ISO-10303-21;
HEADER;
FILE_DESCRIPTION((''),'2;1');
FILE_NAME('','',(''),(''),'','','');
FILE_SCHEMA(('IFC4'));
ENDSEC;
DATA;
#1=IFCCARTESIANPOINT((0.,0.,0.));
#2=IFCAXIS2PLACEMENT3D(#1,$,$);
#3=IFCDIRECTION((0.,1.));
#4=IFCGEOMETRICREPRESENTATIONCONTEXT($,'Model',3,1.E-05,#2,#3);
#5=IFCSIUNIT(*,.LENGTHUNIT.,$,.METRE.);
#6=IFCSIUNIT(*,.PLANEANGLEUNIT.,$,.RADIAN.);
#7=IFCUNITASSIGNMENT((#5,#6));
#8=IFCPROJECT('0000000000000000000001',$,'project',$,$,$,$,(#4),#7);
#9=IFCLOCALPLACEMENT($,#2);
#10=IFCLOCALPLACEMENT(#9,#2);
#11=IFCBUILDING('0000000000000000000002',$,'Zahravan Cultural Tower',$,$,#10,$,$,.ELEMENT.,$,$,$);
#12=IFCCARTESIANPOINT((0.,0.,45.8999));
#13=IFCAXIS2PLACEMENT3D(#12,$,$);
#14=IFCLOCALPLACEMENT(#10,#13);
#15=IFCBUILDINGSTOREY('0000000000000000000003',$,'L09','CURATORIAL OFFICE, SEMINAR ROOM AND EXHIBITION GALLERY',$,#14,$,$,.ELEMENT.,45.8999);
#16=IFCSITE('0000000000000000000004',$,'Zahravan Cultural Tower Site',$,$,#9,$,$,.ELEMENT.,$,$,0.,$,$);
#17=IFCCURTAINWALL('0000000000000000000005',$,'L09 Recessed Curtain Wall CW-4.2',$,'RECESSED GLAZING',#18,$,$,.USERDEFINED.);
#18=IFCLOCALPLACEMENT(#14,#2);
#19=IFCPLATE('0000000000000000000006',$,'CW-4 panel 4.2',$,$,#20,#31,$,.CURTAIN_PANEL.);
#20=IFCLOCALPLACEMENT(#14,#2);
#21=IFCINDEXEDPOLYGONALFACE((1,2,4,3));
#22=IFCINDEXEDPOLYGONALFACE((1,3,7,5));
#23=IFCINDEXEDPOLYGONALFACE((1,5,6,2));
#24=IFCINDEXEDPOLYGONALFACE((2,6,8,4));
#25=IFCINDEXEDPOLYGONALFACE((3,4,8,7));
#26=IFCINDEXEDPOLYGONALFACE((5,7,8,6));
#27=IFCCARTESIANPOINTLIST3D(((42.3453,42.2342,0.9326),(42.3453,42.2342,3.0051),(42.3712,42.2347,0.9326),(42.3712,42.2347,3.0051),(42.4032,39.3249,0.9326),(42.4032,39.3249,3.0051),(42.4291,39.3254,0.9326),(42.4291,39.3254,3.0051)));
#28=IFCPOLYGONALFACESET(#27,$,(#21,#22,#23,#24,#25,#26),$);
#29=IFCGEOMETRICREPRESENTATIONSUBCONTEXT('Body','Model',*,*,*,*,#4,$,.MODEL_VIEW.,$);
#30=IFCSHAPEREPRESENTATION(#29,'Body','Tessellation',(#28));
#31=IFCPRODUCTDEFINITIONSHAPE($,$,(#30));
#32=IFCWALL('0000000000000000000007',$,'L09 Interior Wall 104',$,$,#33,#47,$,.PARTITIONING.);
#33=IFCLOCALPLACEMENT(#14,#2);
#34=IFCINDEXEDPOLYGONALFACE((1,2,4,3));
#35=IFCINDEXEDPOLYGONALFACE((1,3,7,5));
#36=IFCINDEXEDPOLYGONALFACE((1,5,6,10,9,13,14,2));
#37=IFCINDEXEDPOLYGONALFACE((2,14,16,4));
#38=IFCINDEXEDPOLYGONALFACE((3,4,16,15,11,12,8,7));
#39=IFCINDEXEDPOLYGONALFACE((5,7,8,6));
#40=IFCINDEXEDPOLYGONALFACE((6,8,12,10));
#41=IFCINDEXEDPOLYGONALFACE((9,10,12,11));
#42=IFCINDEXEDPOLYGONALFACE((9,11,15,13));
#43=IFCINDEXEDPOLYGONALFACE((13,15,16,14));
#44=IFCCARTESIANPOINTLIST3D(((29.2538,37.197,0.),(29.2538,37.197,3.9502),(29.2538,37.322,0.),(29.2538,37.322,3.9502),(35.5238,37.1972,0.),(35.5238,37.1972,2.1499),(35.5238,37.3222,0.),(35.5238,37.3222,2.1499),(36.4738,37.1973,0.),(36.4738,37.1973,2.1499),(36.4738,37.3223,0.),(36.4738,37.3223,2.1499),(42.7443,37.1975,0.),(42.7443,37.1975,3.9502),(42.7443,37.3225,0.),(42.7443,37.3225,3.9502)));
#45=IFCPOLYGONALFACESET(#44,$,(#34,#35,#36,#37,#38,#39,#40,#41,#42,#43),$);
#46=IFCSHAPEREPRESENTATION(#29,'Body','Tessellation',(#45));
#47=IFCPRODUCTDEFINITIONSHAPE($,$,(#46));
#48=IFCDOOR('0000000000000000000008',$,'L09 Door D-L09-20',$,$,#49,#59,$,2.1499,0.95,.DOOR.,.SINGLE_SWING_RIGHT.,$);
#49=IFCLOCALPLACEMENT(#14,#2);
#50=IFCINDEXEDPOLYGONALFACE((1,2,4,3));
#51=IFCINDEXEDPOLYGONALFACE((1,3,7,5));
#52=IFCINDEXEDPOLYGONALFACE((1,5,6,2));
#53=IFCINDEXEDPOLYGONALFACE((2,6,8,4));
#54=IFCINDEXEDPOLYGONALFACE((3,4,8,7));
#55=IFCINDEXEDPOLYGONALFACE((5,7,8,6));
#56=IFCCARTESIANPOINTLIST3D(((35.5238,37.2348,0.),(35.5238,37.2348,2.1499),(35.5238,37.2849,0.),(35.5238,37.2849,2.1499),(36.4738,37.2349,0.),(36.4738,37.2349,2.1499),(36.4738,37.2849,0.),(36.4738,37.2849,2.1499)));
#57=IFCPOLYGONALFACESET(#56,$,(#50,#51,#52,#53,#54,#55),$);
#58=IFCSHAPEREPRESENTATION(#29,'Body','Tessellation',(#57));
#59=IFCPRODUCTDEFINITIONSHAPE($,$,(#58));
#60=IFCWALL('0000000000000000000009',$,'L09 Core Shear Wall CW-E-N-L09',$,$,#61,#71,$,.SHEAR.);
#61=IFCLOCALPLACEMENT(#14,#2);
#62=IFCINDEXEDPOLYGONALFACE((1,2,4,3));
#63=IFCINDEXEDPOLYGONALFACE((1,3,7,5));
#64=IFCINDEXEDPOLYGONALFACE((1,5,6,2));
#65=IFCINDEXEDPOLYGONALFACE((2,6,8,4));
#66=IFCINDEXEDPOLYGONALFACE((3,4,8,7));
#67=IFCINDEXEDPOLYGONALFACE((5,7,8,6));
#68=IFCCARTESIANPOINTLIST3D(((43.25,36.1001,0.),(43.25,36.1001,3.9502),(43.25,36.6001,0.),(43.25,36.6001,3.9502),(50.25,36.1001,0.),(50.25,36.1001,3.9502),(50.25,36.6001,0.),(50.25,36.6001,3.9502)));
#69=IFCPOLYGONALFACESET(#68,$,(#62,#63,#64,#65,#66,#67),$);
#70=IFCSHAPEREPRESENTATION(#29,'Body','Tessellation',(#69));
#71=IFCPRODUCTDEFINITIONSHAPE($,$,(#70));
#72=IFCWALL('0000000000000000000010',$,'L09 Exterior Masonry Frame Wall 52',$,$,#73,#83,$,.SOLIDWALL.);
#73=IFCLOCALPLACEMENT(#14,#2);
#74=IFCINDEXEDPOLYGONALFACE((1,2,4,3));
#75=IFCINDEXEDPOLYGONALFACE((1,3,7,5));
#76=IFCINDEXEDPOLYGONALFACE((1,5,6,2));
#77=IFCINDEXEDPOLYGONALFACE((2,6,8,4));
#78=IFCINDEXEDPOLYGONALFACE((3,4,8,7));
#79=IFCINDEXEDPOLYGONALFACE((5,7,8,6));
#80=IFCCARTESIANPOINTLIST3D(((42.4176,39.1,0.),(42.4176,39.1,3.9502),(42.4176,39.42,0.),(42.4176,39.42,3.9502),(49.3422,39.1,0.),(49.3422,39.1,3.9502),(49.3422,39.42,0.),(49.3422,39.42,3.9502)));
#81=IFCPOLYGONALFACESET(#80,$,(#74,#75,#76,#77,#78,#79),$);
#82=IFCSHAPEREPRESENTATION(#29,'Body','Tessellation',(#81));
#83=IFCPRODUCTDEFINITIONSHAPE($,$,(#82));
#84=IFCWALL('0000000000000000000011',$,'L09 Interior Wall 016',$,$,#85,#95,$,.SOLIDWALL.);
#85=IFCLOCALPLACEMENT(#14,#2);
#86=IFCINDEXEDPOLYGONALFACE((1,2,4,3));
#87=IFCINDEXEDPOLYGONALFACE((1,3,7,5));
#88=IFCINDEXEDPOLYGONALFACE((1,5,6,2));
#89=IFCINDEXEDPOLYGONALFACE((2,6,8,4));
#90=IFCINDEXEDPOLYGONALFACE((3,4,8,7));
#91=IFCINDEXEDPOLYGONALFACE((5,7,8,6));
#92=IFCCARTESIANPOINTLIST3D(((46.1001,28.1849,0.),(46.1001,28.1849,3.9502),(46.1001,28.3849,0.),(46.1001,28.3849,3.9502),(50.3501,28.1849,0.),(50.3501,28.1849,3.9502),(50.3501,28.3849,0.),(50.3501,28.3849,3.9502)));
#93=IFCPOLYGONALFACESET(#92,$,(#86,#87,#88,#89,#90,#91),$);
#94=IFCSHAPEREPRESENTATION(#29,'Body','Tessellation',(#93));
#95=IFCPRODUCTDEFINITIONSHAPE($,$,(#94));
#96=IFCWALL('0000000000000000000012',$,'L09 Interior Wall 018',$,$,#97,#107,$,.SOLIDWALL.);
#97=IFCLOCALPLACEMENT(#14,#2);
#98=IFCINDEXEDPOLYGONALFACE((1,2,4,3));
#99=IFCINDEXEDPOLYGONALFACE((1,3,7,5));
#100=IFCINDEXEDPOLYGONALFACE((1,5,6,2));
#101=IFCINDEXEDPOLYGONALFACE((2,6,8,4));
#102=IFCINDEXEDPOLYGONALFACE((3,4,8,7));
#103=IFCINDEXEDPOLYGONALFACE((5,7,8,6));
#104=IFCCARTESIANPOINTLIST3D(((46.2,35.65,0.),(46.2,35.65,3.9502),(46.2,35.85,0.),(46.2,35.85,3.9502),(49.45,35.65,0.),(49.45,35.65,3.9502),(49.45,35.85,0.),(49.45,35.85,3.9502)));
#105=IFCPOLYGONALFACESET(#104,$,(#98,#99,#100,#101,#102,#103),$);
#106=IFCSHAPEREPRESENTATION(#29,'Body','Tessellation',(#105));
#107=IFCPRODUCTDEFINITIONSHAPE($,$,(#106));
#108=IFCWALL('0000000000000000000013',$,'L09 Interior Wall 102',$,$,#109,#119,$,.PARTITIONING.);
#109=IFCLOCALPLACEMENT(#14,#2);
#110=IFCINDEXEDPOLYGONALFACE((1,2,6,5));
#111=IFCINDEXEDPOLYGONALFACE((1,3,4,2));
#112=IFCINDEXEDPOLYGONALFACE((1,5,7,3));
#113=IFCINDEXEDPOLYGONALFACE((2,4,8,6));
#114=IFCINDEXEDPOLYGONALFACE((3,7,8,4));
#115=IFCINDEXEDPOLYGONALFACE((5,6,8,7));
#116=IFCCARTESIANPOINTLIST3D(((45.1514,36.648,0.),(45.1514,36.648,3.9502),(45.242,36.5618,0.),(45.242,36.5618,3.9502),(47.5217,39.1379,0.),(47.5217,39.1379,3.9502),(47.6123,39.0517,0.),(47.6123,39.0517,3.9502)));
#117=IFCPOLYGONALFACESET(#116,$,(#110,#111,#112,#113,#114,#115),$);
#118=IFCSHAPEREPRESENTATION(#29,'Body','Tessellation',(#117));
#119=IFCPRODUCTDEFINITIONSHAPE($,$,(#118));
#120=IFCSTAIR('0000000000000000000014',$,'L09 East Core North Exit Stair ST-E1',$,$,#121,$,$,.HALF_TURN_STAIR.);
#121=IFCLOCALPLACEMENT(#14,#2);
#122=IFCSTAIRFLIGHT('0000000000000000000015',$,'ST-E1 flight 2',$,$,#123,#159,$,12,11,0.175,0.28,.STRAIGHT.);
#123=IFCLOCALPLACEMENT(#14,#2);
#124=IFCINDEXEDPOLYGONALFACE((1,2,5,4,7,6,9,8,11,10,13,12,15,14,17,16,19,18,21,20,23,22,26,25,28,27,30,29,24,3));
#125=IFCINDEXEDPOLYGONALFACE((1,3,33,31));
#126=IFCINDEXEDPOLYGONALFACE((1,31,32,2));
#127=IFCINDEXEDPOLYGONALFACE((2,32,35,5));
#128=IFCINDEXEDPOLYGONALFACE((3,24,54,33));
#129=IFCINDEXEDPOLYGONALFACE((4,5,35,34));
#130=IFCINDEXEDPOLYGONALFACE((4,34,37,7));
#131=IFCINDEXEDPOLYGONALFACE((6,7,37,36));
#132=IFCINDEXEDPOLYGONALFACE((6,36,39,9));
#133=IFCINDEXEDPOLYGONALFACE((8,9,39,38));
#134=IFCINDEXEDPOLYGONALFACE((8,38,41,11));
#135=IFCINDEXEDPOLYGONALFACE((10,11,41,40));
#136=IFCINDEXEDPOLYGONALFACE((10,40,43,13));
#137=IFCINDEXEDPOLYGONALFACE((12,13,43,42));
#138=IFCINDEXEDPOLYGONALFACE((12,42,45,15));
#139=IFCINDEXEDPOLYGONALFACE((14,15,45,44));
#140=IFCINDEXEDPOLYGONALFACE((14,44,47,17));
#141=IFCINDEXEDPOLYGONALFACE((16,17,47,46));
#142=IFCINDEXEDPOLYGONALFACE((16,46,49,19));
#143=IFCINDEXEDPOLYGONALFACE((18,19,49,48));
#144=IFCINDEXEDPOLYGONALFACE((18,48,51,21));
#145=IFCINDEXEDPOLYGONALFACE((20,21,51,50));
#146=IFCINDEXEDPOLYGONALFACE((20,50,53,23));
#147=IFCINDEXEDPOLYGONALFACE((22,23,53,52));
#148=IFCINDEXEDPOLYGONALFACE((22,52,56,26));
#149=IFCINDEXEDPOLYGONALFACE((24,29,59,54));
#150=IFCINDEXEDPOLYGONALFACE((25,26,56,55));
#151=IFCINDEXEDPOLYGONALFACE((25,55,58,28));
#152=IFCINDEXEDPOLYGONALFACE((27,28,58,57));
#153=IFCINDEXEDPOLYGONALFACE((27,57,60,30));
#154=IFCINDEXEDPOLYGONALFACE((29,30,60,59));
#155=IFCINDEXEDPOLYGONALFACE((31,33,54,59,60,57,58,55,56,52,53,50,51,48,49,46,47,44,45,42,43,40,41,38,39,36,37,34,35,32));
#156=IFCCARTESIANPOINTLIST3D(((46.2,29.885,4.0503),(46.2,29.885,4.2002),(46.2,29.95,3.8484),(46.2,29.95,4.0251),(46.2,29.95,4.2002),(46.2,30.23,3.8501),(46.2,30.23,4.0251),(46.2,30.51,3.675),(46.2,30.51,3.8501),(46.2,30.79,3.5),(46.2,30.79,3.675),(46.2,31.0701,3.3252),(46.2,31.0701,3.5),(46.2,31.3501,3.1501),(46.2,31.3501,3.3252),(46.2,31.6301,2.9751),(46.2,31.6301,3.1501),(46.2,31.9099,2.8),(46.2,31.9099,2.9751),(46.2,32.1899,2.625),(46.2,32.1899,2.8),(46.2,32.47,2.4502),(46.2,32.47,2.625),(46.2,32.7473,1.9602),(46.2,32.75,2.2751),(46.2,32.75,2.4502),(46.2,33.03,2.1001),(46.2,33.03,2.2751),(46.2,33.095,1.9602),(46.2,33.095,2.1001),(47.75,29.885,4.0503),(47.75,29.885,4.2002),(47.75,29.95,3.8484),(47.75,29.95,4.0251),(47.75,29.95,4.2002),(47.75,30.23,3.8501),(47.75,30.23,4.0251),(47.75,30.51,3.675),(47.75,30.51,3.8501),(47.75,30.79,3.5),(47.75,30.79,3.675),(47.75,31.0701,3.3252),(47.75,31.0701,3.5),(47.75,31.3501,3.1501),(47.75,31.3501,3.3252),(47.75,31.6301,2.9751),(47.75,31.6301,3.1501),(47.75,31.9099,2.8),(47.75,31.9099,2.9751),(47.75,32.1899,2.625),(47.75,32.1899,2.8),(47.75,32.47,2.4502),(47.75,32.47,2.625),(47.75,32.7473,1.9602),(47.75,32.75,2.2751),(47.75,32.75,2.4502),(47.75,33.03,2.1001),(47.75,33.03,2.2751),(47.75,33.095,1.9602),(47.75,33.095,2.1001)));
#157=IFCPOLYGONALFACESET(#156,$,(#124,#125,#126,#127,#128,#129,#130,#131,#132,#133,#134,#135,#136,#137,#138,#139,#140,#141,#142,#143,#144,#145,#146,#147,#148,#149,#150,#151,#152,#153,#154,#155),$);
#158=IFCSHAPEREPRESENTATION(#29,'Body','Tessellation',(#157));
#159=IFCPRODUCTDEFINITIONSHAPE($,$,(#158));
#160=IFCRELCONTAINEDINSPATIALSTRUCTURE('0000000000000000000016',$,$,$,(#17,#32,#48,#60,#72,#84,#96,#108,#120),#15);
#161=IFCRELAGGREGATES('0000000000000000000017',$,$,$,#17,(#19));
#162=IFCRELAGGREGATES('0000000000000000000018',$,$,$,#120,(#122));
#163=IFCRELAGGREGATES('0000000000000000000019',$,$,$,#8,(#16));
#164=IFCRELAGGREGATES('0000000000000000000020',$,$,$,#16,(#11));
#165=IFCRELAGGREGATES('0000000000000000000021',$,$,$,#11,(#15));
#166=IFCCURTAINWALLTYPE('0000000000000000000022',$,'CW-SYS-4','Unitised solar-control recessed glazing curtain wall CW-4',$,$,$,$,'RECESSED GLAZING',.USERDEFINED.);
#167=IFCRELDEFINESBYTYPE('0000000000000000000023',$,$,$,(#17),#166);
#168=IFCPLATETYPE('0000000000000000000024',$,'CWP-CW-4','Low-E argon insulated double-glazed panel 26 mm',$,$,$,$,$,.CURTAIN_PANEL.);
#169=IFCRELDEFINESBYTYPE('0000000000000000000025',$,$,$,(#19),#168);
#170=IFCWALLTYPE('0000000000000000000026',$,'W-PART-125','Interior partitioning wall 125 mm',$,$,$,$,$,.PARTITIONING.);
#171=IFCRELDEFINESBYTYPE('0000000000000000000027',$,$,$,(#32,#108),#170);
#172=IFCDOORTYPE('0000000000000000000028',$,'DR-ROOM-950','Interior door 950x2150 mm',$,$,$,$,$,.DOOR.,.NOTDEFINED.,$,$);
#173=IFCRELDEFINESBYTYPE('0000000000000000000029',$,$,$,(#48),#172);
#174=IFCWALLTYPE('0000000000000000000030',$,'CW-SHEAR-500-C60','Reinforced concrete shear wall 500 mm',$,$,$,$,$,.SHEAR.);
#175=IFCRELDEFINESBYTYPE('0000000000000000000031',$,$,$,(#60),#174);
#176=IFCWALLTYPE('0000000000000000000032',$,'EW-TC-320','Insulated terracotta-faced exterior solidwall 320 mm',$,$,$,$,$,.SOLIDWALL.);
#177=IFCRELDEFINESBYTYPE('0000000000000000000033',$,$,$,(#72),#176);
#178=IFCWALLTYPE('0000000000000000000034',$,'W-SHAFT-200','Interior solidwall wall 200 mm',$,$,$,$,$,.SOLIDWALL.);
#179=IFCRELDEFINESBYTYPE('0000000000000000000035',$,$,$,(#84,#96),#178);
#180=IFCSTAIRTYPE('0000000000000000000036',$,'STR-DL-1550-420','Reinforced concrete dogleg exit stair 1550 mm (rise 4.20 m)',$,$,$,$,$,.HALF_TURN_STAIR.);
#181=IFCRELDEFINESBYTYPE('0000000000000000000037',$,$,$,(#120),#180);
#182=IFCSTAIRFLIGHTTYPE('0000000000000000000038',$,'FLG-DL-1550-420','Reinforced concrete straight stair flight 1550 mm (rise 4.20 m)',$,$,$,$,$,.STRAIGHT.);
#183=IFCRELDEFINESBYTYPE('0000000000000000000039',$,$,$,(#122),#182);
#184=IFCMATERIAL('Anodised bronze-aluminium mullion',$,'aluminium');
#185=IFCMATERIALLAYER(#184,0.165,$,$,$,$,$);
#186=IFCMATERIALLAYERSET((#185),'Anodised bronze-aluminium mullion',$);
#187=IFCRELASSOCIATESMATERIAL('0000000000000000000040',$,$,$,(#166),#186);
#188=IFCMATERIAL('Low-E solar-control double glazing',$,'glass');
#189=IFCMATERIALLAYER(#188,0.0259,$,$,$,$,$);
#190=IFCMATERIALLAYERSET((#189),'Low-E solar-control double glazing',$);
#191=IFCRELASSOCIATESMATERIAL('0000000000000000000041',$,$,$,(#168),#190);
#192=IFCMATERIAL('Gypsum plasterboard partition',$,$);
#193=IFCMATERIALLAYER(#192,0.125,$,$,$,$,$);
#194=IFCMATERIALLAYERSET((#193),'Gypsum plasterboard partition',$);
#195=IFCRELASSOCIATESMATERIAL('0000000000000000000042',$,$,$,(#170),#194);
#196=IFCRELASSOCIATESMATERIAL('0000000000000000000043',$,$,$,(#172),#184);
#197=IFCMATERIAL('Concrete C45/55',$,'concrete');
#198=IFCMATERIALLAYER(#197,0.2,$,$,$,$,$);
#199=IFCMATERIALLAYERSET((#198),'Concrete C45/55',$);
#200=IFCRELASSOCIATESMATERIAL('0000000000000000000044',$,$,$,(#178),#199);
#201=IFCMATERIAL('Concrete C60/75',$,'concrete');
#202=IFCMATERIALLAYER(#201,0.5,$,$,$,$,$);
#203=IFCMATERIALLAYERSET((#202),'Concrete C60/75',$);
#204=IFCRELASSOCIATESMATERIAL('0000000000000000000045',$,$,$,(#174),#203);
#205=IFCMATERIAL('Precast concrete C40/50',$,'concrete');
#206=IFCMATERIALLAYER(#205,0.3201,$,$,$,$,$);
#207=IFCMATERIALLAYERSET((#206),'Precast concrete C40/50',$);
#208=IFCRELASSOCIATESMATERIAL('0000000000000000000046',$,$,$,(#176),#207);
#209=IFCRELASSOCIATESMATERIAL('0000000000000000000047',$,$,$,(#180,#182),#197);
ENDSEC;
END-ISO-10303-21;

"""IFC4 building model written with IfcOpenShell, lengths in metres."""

from ifc_helpers import new_model, si_unit, direction, frame, frame_2d, origin, origin_2d, place, context, subcontext, project, spatial, polyline, rectangle, outline, extrude, source, transform, mapped, material, layer, layer_set, type_object, element, fill, aggregate, save


model = new_model("IFC4")

# Units and contexts
model_context = context("Model", 3, precision=1e-05, world=origin(), true_north=direction((0.0, 1.0)))
body_context = subcontext(model_context, "Body", "Model", "MODEL_VIEW")
ifc_project = project(units=[si_unit("LENGTHUNIT", "METRE"), si_unit("PLANEANGLEUNIT", "RADIAN")], contexts=[model_context])

# Site, building, storey
site_placement = place(None, origin())
site = spatial("IfcSite", under=ifc_project, at=site_placement, Name="Zahravan Cultural Tower Site", CompositionType="ELEMENT", RefElevation=0.0)
building_placement = place(site_placement, origin())
building = spatial("IfcBuilding", under=site, at=building_placement, Name="Zahravan Cultural Tower", CompositionType="ELEMENT")
storey_placement = place(building_placement, frame((0.0, 0.0, 45.8999)))
storey = spatial("IfcBuildingStorey", under=building, at=storey_placement, Name="L09", Description="CURATORIAL OFFICE, SEMINAR ROOM AND EXHIBITION GALLERY", CompositionType="ELEMENT", Elevation=45.8999)

# Shared definitions
ifc_material_1 = material(Name="Concrete C60/75", Category="concrete")

# Curtain wall, plate
ifc_material_2 = material(Name="Anodised bronze-aluminium mullion", Category="aluminium")
ifc_layer_1 = layer(ifc_material_2, 0.165)
ifc_layer_set_1 = layer_set([ifc_layer_1], Name="Anodised bronze-aluminium mullion")
curtain_wall_type = type_object("IfcCurtainWallType", Name="CW-SYS-4", Description="Unitised solar-control recessed glazing curtain wall CW-4", ElementType="RECESSED GLAZING", PredefinedType="USERDEFINED", material=ifc_layer_set_1)
curtain_wall_placement = place(storey_placement, origin())
curtain_wall = element("IfcCurtainWall", 1, at=curtain_wall_placement, inside=storey, type_object=curtain_wall_type, Name="L09 Recessed Curtain Wall CW-4.2", ObjectType="RECESSED GLAZING", PredefinedType="USERDEFINED")
ifc_material_3 = material(Name="Low-E solar-control double glazing", Category="glass")
ifc_layer_2 = layer(ifc_material_3, 0.0259)
ifc_layer_set_2 = layer_set([ifc_layer_2], Name="Low-E solar-control double glazing")
plate_type = type_object("IfcPlateType", Name="CWP-CW-4", Description="Low-E argon insulated double-glazed panel 26 mm", PredefinedType="CURTAIN_PANEL", material=ifc_layer_set_2)
shared_shape_1 = source(origin(), body_context, "Body", "SweptSolid", [
    extrude(rectangle(XDim=2.9099, YDim=0.0259, at=origin_2d()), origin(), (0.0, 0.0, 1.0), 2.0725),
])
plate_1_placement = place(storey_placement, frame((42.3872, 40.7798, 0.9326), z_axis=(0.0, 0.0, 1.0), x_axis=(0.0199, -0.999802, 0.0)))
plate_1 = element("IfcPlate", 2, at=plate_1_placement, type_object=plate_type, Name="CW-4 panel 4.2", PredefinedType="CURTAIN_PANEL", context=body_context, shape_type="MappedRepresentation", body=[
    mapped(shared_shape_1, transform((0.0, 0.0, 0.0), x_axis=(1.0, 0.0, 0.0), y_axis=(0.0, 1.0, 0.0), z_axis=(0.0, 0.0, 1.0), scale=1.0)),
])
aggregate(curtain_wall, [plate_1])

# Wall, opening, door
ifc_material_4 = material(Name="Gypsum plasterboard partition")
ifc_layer_3 = layer(ifc_material_4, 0.125)
ifc_layer_set_3 = layer_set([ifc_layer_3], Name="Gypsum plasterboard partition")
wall_type_1 = type_object("IfcWallType", Name="W-PART-125", Description="Interior partitioning wall 125 mm", PredefinedType="PARTITIONING", material=ifc_layer_set_3)
wall_1_placement = place(storey_placement, frame((42.7441, 37.26, 0.0), z_axis=(0.0, 0.0, 1.0), x_axis=(-1.0, -0.000036, 0.0)))
wall_1 = element("IfcWall", 3, at=wall_1_placement, inside=storey, type_object=wall_type_1, Name="L09 Interior Wall 104", PredefinedType="PARTITIONING", context=body_context, shape_type="SweptSolid", body=[
    extrude(rectangle(XDim=13.4905, YDim=0.125, at=frame_2d((6.7451, 0.0))), origin(), (0.0, 0.0, 1.0), 3.9502),
])
opening_1_placement = place(wall_1_placement, frame((6.2703, 0.0, 0.0)))
opening_1 = element("IfcOpeningElement", 4, at=opening_1_placement, cuts=wall_1, PredefinedType="OPENING", context=body_context, shape_type="SweptSolid", body=[
    extrude(rectangle(XDim=0.95, YDim=2.1499, at=frame_2d((0.4751, 1.075))), frame((0.0, 0.0725, 0.0), z_axis=(0.0, -1.0, 0.0), x_axis=(1.0, 0.0, 0.0)), (0.0, 0.0, 1.0), 0.145),
])
door_type_1 = type_object("IfcDoorType", Name="DR-ROOM-950", Description="Interior door 950x2150 mm", OperationType="NOTDEFINED", PredefinedType="DOOR", material=ifc_material_2)
shared_shape_2 = source(origin(), body_context, "Body", "SweptSolid", [
    extrude(rectangle(XDim=0.95, YDim=2.1499, at=frame_2d((0.4751, 1.075))), frame((0.0, 0.0249, 0.0), z_axis=(0.0, -1.0, 0.0), x_axis=(1.0, 0.0, 0.0)), (0.0, 0.0, 1.0), 0.05),
])
door_1_placement = place(opening_1_placement, origin())
door_1 = element("IfcDoor", 5, at=door_1_placement, inside=storey, type_object=door_type_1, Name="L09 Door D-L09-20", OperationType="SINGLE_SWING_RIGHT", OverallHeight=2.1499, OverallWidth=0.95, PredefinedType="DOOR", context=body_context, shape_type="MappedRepresentation", body=[
    mapped(shared_shape_2, transform((0.0, 0.0, 0.0), x_axis=(1.0, 0.0, 0.0), y_axis=(0.0, 1.0, 0.0), z_axis=(0.0, 0.0, 1.0), scale=1.0)),
])
fill(opening_1, door_1)
ifc_material_5 = material(Name="Concrete C45/55", Category="concrete")
ifc_layer_4 = layer(ifc_material_5, 0.2)
ifc_layer_set_4 = layer_set([ifc_layer_4], Name="Concrete C45/55")
wall_type_2 = type_object("IfcWallType", Name="W-SHAFT-200", Description="Interior solidwall wall 200 mm", PredefinedType="SOLIDWALL", material=ifc_layer_set_4)

# Walls
ifc_layer_5 = layer(ifc_material_1, 0.5)
ifc_layer_set_5 = layer_set([ifc_layer_5], Name="Concrete C60/75")
wall_type_3 = type_object("IfcWallType", Name="CW-SHEAR-500-C60", Description="Reinforced concrete shear wall 500 mm", PredefinedType="SHEAR", material=ifc_layer_set_5)
shared_shape_3 = source(origin(), body_context, "Body", "SweptSolid", [
    extrude(rectangle(XDim=7.0, YDim=0.5, at=frame_2d((3.5, 0.0))), origin(), (0.0, 0.0, 1.0), 3.9502),
])
wall_2_placement = place(storey_placement, frame((43.25, 36.3501, 0.0), z_axis=(0.0, 0.0, 1.0), x_axis=(1.0, 0.0, 0.0)))
element("IfcWall", 6, at=wall_2_placement, inside=storey, type_object=wall_type_3, Name="L09 Core Shear Wall CW-E-N-L09", PredefinedType="SHEAR", context=body_context, shape_type="MappedRepresentation", body=[
    mapped(shared_shape_3, transform((0.0, 0.0, 0.0), x_axis=(1.0, 0.0, 0.0), y_axis=(0.0, 1.0, 0.0), z_axis=(0.0, 0.0, 1.0), scale=1.0)),
])
ifc_material_6 = material(Name="Precast concrete C40/50", Category="concrete")
ifc_layer_6 = layer(ifc_material_6, 0.3201)
ifc_layer_set_6 = layer_set([ifc_layer_6], Name="Precast concrete C40/50")
wall_type_4 = type_object("IfcWallType", Name="EW-TC-320", Description="Insulated terracotta-faced exterior solidwall 320 mm", PredefinedType="SOLIDWALL", material=ifc_layer_set_6)
shared_shape_4 = source(origin(), body_context, "Body", "SweptSolid", [
    extrude(rectangle(XDim=6.9246, YDim=0.3201, at=frame_2d((3.4624, 0.0))), origin(), (0.0, 0.0, 1.0), 3.9502),
])
wall_3_placement = place(storey_placement, frame((42.4175, 39.26, 0.0), z_axis=(0.0, 0.0, 1.0), x_axis=(1.0, 0.0, 0.0)))
element("IfcWall", 7, at=wall_3_placement, inside=storey, type_object=wall_type_4, Name="L09 Exterior Masonry Frame Wall 52", PredefinedType="SOLIDWALL", context=body_context, shape_type="MappedRepresentation", body=[
    mapped(shared_shape_4, transform((0.0, 0.0, 0.0), x_axis=(1.0, 0.0, 0.0), y_axis=(0.0, 1.0, 0.0), z_axis=(0.0, 0.0, 1.0), scale=1.0)),
])
shared_shape_5 = source(origin(), body_context, "Body", "SweptSolid", [
    extrude(rectangle(XDim=4.25, YDim=0.2, at=frame_2d((2.125, 0.0))), origin(), (0.0, 0.0, 1.0), 3.9502),
])
wall_4_placement = place(storey_placement, frame((46.1001, 28.2849, 0.0), z_axis=(0.0, 0.0, 1.0), x_axis=(1.0, 0.0, 0.0)))
element("IfcWall", 8, at=wall_4_placement, inside=storey, type_object=wall_type_2, Name="L09 Interior Wall 016", PredefinedType="SOLIDWALL", context=body_context, shape_type="MappedRepresentation", body=[
    mapped(shared_shape_5, transform((0.0, 0.0, 0.0), x_axis=(1.0, 0.0, 0.0), y_axis=(0.0, 1.0, 0.0), z_axis=(0.0, 0.0, 1.0), scale=1.0)),
])
shared_shape_6 = source(origin(), body_context, "Body", "SweptSolid", [
    extrude(rectangle(XDim=3.25, YDim=0.2, at=frame_2d((1.625, 0.0))), origin(), (0.0, 0.0, 1.0), 3.9502),
])
wall_5_placement = place(storey_placement, frame((46.2, 35.75, 0.0), z_axis=(0.0, 0.0, 1.0), x_axis=(1.0, 0.0, 0.0)))
element("IfcWall", 9, at=wall_5_placement, inside=storey, type_object=wall_type_2, Name="L09 Interior Wall 018", PredefinedType="SOLIDWALL", context=body_context, shape_type="MappedRepresentation", body=[
    mapped(shared_shape_6, transform((0.0, 0.0, 0.0), x_axis=(1.0, 0.0, 0.0), y_axis=(0.0, 1.0, 0.0), z_axis=(0.0, 0.0, 1.0), scale=1.0)),
])
shared_shape_7 = source(origin(), body_context, "Body", "SweptSolid", [
    extrude(rectangle(XDim=3.4377, YDim=0.125, at=frame_2d((1.7188, 0.0))), origin(), (0.0, 0.0, 1.0), 3.9502),
])
wall_6_placement = place(storey_placement, frame((45.1968, 36.605, 0.0), z_axis=(0.0, 0.0, 1.0), x_axis=(0.689494, 0.724292, 0.0)))
element("IfcWall", 10, at=wall_6_placement, inside=storey, type_object=wall_type_1, Name="L09 Interior Wall 102", PredefinedType="PARTITIONING", context=body_context, shape_type="MappedRepresentation", body=[
    mapped(shared_shape_7, transform((0.0, 0.0, 0.0), x_axis=(1.0, 0.0, 0.0), y_axis=(0.0, 1.0, 0.0), z_axis=(0.0, 0.0, 1.0), scale=1.0)),
])

# Stair, stair flight
stair_type = type_object("IfcStairType", Name="STR-DL-1550-420", Description="Reinforced concrete dogleg exit stair 1550 mm (rise 4.20 m)", PredefinedType="HALF_TURN_STAIR", material=ifc_material_5)
stair_placement = place(storey_placement, origin())
stair = element("IfcStair", 11, at=stair_placement, inside=storey, type_object=stair_type, Name="L09 East Core North Exit Stair ST-E1", PredefinedType="HALF_TURN_STAIR")
stair_flight_type = type_object("IfcStairFlightType", Name="FLG-DL-1550-420", Description="Reinforced concrete straight stair flight 1550 mm (rise 4.20 m)", PredefinedType="STRAIGHT", material=ifc_material_5)
stair_flight_placement = place(storey_placement, frame((46.9751, 33.03, 2.1001), z_axis=(0.0, 0.0, 1.0), x_axis=(0.0, -1.0, 0.0)))
stair_flight = element("IfcStairFlight", 12, at=stair_flight_placement, type_object=stair_flight_type, Name="ST-E1 flight 2", NumberOfRisers=12, NumberOfTreads=11, PredefinedType="STRAIGHT", RiserHeight=0.175, TreadLength=0.28, context=body_context, shape_type="SweptSolid", body=[
    extrude(outline(polyline([(-0.0649, -0.1399), (-0.0649, 0.0), (0.0, 0.0), (0.0, 0.175), (0.28, 0.175), (0.28, 0.3501), (0.5601, 0.3501), (0.5601, 0.5249), (0.8401, 0.5249), (0.8401, 0.7), (1.1201, 0.7), (1.1201, 0.875), (1.3999, 0.875), (1.3999, 1.05), (1.6799, 1.05), (1.6799, 1.2251), (1.96, 1.2251), (1.96, 1.3999), (2.24, 1.3999), (2.24, 1.575), (2.52, 1.575), (2.52, 1.75), (2.8, 1.75), (2.8, 1.925), (3.0801, 1.925), (3.0801, 2.1001), (3.145, 2.1001), (3.145, 1.9502), (3.0801, 1.7483), (0.2827, -0.1399), (-0.0649, -0.1399)])), frame((0.0, 0.7749, 0.0), z_axis=(0.0, -1.0, 0.0), x_axis=(1.0, 0.0, 0.0)), (0.0, 0.0, 1.0), 1.55),
])
aggregate(stair, [stair_flight])

save(model, "model.ifc")
